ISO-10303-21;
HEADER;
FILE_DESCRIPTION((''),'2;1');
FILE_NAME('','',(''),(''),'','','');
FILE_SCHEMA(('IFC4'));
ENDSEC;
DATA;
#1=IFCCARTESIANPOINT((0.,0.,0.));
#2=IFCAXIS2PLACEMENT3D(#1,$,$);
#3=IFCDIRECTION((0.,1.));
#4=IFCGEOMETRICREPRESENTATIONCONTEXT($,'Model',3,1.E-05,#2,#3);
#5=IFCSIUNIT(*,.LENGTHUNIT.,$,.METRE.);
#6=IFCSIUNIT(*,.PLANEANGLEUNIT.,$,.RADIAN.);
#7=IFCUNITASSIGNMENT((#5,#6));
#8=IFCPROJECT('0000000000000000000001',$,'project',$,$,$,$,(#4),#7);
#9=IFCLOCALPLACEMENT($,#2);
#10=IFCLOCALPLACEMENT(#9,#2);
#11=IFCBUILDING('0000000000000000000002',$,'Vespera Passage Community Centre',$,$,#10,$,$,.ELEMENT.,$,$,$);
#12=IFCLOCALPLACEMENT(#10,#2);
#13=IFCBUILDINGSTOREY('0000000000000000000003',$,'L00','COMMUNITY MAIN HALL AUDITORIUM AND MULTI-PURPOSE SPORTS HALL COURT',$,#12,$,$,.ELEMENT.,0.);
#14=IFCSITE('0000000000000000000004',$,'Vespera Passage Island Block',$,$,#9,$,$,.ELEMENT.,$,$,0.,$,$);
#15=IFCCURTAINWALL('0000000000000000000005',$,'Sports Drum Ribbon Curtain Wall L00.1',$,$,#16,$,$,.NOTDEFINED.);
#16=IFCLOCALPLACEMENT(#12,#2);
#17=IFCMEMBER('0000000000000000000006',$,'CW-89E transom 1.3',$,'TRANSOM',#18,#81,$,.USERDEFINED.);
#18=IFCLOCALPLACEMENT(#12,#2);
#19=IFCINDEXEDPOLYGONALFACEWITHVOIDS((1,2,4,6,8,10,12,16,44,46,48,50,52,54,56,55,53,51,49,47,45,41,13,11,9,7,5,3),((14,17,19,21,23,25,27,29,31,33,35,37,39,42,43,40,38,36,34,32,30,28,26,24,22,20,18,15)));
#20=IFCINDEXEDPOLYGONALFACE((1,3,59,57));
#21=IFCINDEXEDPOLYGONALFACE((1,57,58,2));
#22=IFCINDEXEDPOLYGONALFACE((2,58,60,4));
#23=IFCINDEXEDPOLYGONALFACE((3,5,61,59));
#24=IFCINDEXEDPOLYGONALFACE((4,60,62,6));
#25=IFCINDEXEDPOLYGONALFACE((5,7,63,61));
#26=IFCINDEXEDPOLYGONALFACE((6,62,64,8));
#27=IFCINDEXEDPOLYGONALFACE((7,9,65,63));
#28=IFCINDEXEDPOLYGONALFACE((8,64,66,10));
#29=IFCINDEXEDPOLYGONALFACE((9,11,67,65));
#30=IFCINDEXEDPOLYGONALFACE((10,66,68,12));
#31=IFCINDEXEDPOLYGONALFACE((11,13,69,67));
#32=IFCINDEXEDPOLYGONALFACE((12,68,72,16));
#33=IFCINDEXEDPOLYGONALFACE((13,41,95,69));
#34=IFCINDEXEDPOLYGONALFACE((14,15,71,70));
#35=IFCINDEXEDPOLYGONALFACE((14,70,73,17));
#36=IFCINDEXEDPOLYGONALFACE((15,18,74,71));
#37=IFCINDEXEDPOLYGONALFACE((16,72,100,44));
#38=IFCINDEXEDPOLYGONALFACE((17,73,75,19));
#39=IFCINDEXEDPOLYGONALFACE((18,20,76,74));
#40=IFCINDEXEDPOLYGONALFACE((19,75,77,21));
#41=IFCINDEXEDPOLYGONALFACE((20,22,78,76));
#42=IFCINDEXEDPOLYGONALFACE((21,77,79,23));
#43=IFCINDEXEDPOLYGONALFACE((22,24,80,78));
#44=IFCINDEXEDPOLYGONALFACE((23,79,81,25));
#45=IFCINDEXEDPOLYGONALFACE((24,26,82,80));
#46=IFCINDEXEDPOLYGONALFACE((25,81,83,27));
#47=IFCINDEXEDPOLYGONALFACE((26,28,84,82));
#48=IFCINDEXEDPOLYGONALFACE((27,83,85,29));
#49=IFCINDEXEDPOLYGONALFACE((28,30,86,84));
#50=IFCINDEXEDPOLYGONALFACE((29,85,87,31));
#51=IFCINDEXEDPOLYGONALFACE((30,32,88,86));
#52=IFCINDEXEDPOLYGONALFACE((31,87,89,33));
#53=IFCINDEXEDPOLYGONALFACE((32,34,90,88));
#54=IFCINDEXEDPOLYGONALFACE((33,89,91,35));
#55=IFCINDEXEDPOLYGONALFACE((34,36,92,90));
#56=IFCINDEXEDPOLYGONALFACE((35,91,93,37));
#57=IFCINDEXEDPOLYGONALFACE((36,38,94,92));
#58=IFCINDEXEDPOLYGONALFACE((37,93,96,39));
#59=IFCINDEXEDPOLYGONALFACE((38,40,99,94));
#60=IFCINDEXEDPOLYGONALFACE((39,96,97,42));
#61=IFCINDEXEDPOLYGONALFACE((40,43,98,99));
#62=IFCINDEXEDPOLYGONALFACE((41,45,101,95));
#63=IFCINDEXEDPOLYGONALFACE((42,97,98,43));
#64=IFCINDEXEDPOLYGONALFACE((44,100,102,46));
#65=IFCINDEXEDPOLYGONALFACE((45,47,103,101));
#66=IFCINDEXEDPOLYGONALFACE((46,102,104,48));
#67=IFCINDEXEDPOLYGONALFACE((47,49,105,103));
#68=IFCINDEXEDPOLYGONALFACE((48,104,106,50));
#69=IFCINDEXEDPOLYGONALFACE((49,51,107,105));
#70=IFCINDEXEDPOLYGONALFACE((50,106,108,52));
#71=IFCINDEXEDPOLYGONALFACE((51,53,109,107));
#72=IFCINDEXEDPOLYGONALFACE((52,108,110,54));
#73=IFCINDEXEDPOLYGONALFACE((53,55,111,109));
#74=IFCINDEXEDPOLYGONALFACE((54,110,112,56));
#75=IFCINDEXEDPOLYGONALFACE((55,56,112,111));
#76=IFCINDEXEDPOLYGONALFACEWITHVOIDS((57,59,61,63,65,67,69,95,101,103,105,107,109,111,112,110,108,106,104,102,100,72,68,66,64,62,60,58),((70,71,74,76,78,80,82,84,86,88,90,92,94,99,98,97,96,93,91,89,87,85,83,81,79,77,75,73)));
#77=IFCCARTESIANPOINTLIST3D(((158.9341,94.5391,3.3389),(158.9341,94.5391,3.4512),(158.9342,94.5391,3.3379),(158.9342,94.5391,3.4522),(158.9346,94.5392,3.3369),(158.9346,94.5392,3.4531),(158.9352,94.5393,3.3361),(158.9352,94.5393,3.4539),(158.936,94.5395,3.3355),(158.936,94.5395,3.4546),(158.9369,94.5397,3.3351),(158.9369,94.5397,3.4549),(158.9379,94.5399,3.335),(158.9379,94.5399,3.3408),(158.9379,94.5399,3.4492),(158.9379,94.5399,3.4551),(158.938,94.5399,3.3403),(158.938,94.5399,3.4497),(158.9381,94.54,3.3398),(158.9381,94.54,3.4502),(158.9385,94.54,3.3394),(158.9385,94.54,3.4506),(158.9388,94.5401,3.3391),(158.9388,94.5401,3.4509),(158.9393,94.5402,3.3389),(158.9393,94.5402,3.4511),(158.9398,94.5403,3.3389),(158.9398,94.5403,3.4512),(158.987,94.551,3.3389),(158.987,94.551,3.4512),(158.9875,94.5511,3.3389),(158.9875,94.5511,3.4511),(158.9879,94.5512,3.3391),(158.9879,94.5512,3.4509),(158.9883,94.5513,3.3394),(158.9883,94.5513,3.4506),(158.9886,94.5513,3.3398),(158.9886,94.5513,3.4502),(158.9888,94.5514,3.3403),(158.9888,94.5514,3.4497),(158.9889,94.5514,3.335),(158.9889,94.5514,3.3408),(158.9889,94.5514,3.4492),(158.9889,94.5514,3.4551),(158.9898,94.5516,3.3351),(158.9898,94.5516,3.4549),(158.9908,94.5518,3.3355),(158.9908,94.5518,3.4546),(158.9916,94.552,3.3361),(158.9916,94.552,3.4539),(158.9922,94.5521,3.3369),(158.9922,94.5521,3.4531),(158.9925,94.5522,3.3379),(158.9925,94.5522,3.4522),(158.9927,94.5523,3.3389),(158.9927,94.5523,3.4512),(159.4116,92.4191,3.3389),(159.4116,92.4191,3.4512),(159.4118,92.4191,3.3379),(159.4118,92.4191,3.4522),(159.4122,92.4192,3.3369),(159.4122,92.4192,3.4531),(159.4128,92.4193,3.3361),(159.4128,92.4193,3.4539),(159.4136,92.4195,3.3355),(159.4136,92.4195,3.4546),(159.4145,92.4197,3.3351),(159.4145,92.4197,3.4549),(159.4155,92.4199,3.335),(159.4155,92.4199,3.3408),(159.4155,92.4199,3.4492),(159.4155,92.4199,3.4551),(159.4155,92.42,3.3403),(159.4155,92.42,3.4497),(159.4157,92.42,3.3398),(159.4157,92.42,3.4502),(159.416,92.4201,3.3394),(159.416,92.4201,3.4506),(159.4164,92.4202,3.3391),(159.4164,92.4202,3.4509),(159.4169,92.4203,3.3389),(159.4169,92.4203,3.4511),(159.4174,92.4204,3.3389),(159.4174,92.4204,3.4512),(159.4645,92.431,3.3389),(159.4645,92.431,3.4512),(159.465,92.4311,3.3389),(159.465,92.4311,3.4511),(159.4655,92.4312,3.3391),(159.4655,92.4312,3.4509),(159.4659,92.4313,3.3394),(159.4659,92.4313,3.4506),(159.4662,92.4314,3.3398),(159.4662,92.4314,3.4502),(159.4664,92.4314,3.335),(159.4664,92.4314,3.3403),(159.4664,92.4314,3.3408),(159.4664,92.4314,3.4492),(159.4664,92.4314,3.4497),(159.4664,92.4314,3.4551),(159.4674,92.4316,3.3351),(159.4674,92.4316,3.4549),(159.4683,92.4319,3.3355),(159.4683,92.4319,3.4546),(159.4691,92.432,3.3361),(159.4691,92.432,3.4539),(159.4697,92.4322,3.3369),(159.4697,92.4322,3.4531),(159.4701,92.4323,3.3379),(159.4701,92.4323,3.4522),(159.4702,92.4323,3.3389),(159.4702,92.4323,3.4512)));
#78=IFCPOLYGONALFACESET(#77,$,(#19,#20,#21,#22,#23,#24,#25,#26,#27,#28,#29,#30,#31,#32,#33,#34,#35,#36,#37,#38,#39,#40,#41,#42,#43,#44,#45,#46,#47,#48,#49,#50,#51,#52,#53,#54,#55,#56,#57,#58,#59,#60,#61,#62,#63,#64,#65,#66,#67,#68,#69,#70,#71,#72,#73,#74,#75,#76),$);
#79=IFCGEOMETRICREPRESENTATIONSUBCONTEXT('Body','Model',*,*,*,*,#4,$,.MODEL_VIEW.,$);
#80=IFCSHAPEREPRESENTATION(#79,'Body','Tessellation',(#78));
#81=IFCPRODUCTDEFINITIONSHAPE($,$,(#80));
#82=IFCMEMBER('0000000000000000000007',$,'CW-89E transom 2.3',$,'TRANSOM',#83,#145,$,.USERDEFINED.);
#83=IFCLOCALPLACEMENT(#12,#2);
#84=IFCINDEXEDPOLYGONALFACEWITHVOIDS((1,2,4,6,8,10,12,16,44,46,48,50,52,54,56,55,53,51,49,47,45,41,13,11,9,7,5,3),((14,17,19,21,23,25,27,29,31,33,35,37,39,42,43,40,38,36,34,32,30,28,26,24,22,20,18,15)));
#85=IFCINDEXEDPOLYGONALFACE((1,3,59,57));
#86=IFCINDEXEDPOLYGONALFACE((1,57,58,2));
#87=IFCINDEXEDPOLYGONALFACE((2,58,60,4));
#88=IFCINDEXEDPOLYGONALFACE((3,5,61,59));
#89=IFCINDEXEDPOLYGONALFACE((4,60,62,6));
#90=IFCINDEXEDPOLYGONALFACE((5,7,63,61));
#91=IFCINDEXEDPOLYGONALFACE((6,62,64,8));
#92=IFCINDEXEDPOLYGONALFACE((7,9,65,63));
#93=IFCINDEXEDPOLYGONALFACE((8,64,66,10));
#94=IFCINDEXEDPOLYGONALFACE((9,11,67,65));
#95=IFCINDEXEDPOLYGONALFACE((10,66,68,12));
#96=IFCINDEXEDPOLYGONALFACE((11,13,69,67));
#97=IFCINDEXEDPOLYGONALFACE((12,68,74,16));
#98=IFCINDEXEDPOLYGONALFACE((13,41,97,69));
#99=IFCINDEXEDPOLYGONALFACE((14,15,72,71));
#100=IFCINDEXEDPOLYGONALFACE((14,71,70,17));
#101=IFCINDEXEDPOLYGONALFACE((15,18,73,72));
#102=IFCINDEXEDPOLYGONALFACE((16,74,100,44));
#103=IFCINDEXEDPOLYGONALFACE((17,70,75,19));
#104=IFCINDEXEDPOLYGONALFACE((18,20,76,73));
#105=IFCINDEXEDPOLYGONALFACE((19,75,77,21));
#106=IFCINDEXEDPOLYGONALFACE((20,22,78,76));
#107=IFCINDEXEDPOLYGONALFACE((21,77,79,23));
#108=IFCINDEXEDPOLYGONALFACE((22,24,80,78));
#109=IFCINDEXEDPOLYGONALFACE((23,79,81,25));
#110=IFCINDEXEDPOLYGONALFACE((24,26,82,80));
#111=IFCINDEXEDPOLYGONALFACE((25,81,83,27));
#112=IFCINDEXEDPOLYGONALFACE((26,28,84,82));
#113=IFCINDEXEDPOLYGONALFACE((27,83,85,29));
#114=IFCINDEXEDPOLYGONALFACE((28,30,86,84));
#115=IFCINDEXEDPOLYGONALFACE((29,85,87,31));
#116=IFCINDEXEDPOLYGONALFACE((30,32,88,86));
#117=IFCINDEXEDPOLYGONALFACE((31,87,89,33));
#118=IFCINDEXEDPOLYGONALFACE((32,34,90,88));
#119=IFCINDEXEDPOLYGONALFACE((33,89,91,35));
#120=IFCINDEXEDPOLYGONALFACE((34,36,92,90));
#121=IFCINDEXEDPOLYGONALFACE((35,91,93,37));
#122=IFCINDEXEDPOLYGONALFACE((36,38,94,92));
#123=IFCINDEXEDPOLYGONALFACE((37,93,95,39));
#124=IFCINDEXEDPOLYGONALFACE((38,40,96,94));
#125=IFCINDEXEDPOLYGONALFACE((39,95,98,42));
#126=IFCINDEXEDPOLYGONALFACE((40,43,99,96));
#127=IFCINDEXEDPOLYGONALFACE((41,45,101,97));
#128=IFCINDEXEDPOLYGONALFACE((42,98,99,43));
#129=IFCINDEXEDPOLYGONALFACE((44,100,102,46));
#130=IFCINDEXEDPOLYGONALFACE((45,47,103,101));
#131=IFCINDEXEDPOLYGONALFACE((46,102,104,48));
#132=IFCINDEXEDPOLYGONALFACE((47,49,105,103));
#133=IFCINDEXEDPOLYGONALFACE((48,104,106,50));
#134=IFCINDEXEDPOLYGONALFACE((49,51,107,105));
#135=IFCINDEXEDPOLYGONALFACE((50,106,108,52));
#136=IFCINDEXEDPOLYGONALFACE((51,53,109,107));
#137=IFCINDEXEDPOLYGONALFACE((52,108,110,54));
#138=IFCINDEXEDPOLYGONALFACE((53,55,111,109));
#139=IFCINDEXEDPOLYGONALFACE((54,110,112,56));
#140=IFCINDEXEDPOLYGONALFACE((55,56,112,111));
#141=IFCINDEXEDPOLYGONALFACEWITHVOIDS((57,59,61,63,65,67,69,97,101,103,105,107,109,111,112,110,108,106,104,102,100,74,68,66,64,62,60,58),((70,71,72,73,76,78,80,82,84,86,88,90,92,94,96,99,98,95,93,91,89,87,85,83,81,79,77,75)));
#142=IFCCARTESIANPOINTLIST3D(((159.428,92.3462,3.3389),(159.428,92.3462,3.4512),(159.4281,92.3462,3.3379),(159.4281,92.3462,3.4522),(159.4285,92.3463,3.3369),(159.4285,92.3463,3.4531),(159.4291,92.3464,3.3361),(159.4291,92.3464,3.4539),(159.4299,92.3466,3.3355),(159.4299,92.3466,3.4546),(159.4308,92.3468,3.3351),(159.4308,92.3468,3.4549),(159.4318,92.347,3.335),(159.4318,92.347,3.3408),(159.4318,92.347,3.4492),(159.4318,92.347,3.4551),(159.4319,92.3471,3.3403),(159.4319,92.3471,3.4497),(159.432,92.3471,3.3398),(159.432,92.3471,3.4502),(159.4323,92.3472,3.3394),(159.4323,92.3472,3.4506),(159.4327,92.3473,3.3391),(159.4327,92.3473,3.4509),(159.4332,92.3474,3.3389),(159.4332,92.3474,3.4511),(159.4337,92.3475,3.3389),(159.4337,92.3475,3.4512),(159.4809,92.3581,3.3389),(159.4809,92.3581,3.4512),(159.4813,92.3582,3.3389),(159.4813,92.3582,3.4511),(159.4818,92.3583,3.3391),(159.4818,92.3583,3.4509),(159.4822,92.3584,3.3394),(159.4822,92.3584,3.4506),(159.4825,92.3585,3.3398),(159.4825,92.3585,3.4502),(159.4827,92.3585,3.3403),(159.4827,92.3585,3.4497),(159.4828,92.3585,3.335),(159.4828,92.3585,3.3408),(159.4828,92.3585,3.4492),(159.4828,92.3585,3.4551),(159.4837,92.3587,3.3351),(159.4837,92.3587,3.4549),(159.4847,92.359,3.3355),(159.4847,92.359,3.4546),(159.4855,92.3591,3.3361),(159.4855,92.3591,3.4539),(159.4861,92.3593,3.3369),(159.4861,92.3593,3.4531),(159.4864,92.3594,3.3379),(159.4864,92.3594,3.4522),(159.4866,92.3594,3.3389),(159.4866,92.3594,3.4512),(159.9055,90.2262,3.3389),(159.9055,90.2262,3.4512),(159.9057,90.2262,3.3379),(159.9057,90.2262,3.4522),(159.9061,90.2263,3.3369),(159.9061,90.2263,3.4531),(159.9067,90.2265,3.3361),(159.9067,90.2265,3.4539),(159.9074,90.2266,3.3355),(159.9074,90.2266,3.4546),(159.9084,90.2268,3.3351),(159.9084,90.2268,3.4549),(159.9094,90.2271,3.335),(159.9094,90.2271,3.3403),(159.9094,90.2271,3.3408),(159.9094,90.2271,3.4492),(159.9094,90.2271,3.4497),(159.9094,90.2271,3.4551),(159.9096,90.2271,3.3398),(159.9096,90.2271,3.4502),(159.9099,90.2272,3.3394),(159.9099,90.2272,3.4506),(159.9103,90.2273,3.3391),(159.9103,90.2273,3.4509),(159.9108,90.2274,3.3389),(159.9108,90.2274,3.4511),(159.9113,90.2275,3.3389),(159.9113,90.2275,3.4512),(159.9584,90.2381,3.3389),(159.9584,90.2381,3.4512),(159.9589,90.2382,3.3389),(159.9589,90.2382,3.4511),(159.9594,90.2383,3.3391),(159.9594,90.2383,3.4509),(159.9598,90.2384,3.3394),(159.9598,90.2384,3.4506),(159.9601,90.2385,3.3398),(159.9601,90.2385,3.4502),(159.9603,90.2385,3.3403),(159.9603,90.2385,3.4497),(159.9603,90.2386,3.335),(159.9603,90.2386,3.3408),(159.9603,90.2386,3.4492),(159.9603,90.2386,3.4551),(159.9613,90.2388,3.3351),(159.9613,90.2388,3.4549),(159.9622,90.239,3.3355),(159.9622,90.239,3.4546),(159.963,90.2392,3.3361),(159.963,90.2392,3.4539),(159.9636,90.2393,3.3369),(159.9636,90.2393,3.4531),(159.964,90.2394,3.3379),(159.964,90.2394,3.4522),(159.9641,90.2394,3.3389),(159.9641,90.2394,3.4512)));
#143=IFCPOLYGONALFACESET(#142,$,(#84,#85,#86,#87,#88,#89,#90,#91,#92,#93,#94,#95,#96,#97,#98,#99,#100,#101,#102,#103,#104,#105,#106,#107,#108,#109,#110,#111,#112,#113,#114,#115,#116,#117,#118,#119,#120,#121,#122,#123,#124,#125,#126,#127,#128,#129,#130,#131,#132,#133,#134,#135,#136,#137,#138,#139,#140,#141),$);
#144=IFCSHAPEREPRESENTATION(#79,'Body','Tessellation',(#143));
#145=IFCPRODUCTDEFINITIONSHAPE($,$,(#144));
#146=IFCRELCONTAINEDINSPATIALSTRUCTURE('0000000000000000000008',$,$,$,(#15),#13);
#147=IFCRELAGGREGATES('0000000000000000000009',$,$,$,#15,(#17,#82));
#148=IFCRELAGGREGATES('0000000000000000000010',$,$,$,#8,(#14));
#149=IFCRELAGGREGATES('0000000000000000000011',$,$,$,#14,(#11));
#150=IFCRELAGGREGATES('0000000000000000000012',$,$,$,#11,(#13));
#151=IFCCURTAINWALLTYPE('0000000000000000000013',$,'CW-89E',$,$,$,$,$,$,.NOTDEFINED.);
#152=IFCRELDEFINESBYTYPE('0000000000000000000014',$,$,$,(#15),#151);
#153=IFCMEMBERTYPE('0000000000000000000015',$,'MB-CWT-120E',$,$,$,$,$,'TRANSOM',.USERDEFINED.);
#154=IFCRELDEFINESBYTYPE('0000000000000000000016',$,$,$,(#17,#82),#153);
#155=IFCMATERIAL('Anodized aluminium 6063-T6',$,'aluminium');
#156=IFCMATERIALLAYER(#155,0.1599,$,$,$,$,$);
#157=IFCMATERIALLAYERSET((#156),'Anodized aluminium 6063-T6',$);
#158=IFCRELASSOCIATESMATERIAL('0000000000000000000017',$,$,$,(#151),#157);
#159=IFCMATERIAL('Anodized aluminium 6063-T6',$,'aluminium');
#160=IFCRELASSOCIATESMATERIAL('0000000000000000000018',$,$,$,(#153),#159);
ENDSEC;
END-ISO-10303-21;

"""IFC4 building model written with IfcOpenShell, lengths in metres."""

from ifc_helpers import new_model, si_unit, direction, frame, origin, origin_2d, place, context, subcontext, project, spatial, hollow_rectangle, extrude, material, layer, layer_set, material_profile, profile_set, type_object, element, aggregate, save


model = new_model("IFC4")

# Units and contexts
model_context = context("Model", 3, precision=1e-05, world=origin(), true_north=direction((0.0, 1.0)))
body_context = subcontext(model_context, "Body", "Model", "MODEL_VIEW")
ifc_project = project(units=[si_unit("LENGTHUNIT", "METRE"), si_unit("PLANEANGLEUNIT", "RADIAN")], contexts=[model_context])

# Site, building, storey
site_placement = place(None, origin())
site = spatial("IfcSite", under=ifc_project, at=site_placement, Name="Vespera Passage Island Block", CompositionType="ELEMENT", RefElevation=0.0)
building_placement = place(site_placement, origin())
building = spatial("IfcBuilding", under=site, at=building_placement, Name="Vespera Passage Community Centre", CompositionType="ELEMENT")
storey_placement = place(building_placement, origin())
storey = spatial("IfcBuildingStorey", under=building, at=storey_placement, Name="L00", Description="COMMUNITY MAIN HALL AUDITORIUM AND MULTI-PURPOSE SPORTS HALL COURT", CompositionType="ELEMENT", Elevation=0.0)

# Curtain wall
ifc_material_1 = material(Name="Anodized aluminium 6063-T6", Category="aluminium")
ifc_layer_1 = layer(ifc_material_1, 0.1599)
ifc_layer_set_1 = layer_set([ifc_layer_1], Name="Anodized aluminium 6063-T6")
curtain_wall_type_1 = type_object("IfcCurtainWallType", Name="CW-89E", PredefinedType="NOTDEFINED", material=ifc_layer_set_1)
curtain_wall_1_placement = place(storey_placement, origin())
curtain_wall_1 = element("IfcCurtainWall", 1, at=curtain_wall_1_placement, inside=storey, type_object=curtain_wall_type_1, Name="Sports Drum Ribbon Curtain Wall L00.1", PredefinedType="NOTDEFINED")

# Members
ifc_material_2 = material(Name="Anodized aluminium 6063-T6", Category="aluminium")
ifc_material_profile_1 = material_profile(ifc_material_2, hollow_rectangle(XDim=0.0601, YDim=0.1201, WallThickness=0.0039, InnerFilletRadius=0.002, OuterFilletRadius=0.0039, at=origin_2d()), Name="ALU120X60X4")
ifc_profile_set_1 = profile_set([ifc_material_profile_1], Name="Anodized aluminium 6063-T6")
member_type_1 = type_object("IfcMemberType", Name="MB-CWT-120E", ElementType="TRANSOM", PredefinedType="USERDEFINED", material=ifc_profile_set_1)
member_1_placement = place(storey_placement, frame((158.9634, 94.5457, 3.395), z_axis=(0.219761, -0.975554, 0.0), x_axis=(0.975554, 0.219761, 0.0)))
member_1 = element("IfcMember", 2, at=member_1_placement, type_object=member_type_1, Name="CW-89E transom 1.3", ObjectType="TRANSOM", PredefinedType="USERDEFINED", context=body_context, shape_type="SweptSolid", body=[
    extrude(hollow_rectangle(XDim=0.0601, YDim=0.1201, WallThickness=0.0039, InnerFilletRadius=0.002, OuterFilletRadius=0.0039, at=origin_2d()), origin(), (0.0, 0.0, 1.0), 2.1731),
])
member_2_placement = place(storey_placement, frame((159.4573, 92.3528, 3.395), z_axis=(0.219761, -0.975554, 0.0), x_axis=(0.975554, 0.219761, 0.0)))
member_2 = element("IfcMember", 3, at=member_2_placement, type_object=member_type_1, Name="CW-89E transom 2.3", ObjectType="TRANSOM", PredefinedType="USERDEFINED", context=body_context, shape_type="SweptSolid", body=[
    extrude(hollow_rectangle(XDim=0.0601, YDim=0.1201, WallThickness=0.0039, InnerFilletRadius=0.002, OuterFilletRadius=0.0039, at=origin_2d()), origin(), (0.0, 0.0, 1.0), 2.1731),
])

aggregate(curtain_wall_1, [member_1, member_2])

save(model, "model.ifc")
